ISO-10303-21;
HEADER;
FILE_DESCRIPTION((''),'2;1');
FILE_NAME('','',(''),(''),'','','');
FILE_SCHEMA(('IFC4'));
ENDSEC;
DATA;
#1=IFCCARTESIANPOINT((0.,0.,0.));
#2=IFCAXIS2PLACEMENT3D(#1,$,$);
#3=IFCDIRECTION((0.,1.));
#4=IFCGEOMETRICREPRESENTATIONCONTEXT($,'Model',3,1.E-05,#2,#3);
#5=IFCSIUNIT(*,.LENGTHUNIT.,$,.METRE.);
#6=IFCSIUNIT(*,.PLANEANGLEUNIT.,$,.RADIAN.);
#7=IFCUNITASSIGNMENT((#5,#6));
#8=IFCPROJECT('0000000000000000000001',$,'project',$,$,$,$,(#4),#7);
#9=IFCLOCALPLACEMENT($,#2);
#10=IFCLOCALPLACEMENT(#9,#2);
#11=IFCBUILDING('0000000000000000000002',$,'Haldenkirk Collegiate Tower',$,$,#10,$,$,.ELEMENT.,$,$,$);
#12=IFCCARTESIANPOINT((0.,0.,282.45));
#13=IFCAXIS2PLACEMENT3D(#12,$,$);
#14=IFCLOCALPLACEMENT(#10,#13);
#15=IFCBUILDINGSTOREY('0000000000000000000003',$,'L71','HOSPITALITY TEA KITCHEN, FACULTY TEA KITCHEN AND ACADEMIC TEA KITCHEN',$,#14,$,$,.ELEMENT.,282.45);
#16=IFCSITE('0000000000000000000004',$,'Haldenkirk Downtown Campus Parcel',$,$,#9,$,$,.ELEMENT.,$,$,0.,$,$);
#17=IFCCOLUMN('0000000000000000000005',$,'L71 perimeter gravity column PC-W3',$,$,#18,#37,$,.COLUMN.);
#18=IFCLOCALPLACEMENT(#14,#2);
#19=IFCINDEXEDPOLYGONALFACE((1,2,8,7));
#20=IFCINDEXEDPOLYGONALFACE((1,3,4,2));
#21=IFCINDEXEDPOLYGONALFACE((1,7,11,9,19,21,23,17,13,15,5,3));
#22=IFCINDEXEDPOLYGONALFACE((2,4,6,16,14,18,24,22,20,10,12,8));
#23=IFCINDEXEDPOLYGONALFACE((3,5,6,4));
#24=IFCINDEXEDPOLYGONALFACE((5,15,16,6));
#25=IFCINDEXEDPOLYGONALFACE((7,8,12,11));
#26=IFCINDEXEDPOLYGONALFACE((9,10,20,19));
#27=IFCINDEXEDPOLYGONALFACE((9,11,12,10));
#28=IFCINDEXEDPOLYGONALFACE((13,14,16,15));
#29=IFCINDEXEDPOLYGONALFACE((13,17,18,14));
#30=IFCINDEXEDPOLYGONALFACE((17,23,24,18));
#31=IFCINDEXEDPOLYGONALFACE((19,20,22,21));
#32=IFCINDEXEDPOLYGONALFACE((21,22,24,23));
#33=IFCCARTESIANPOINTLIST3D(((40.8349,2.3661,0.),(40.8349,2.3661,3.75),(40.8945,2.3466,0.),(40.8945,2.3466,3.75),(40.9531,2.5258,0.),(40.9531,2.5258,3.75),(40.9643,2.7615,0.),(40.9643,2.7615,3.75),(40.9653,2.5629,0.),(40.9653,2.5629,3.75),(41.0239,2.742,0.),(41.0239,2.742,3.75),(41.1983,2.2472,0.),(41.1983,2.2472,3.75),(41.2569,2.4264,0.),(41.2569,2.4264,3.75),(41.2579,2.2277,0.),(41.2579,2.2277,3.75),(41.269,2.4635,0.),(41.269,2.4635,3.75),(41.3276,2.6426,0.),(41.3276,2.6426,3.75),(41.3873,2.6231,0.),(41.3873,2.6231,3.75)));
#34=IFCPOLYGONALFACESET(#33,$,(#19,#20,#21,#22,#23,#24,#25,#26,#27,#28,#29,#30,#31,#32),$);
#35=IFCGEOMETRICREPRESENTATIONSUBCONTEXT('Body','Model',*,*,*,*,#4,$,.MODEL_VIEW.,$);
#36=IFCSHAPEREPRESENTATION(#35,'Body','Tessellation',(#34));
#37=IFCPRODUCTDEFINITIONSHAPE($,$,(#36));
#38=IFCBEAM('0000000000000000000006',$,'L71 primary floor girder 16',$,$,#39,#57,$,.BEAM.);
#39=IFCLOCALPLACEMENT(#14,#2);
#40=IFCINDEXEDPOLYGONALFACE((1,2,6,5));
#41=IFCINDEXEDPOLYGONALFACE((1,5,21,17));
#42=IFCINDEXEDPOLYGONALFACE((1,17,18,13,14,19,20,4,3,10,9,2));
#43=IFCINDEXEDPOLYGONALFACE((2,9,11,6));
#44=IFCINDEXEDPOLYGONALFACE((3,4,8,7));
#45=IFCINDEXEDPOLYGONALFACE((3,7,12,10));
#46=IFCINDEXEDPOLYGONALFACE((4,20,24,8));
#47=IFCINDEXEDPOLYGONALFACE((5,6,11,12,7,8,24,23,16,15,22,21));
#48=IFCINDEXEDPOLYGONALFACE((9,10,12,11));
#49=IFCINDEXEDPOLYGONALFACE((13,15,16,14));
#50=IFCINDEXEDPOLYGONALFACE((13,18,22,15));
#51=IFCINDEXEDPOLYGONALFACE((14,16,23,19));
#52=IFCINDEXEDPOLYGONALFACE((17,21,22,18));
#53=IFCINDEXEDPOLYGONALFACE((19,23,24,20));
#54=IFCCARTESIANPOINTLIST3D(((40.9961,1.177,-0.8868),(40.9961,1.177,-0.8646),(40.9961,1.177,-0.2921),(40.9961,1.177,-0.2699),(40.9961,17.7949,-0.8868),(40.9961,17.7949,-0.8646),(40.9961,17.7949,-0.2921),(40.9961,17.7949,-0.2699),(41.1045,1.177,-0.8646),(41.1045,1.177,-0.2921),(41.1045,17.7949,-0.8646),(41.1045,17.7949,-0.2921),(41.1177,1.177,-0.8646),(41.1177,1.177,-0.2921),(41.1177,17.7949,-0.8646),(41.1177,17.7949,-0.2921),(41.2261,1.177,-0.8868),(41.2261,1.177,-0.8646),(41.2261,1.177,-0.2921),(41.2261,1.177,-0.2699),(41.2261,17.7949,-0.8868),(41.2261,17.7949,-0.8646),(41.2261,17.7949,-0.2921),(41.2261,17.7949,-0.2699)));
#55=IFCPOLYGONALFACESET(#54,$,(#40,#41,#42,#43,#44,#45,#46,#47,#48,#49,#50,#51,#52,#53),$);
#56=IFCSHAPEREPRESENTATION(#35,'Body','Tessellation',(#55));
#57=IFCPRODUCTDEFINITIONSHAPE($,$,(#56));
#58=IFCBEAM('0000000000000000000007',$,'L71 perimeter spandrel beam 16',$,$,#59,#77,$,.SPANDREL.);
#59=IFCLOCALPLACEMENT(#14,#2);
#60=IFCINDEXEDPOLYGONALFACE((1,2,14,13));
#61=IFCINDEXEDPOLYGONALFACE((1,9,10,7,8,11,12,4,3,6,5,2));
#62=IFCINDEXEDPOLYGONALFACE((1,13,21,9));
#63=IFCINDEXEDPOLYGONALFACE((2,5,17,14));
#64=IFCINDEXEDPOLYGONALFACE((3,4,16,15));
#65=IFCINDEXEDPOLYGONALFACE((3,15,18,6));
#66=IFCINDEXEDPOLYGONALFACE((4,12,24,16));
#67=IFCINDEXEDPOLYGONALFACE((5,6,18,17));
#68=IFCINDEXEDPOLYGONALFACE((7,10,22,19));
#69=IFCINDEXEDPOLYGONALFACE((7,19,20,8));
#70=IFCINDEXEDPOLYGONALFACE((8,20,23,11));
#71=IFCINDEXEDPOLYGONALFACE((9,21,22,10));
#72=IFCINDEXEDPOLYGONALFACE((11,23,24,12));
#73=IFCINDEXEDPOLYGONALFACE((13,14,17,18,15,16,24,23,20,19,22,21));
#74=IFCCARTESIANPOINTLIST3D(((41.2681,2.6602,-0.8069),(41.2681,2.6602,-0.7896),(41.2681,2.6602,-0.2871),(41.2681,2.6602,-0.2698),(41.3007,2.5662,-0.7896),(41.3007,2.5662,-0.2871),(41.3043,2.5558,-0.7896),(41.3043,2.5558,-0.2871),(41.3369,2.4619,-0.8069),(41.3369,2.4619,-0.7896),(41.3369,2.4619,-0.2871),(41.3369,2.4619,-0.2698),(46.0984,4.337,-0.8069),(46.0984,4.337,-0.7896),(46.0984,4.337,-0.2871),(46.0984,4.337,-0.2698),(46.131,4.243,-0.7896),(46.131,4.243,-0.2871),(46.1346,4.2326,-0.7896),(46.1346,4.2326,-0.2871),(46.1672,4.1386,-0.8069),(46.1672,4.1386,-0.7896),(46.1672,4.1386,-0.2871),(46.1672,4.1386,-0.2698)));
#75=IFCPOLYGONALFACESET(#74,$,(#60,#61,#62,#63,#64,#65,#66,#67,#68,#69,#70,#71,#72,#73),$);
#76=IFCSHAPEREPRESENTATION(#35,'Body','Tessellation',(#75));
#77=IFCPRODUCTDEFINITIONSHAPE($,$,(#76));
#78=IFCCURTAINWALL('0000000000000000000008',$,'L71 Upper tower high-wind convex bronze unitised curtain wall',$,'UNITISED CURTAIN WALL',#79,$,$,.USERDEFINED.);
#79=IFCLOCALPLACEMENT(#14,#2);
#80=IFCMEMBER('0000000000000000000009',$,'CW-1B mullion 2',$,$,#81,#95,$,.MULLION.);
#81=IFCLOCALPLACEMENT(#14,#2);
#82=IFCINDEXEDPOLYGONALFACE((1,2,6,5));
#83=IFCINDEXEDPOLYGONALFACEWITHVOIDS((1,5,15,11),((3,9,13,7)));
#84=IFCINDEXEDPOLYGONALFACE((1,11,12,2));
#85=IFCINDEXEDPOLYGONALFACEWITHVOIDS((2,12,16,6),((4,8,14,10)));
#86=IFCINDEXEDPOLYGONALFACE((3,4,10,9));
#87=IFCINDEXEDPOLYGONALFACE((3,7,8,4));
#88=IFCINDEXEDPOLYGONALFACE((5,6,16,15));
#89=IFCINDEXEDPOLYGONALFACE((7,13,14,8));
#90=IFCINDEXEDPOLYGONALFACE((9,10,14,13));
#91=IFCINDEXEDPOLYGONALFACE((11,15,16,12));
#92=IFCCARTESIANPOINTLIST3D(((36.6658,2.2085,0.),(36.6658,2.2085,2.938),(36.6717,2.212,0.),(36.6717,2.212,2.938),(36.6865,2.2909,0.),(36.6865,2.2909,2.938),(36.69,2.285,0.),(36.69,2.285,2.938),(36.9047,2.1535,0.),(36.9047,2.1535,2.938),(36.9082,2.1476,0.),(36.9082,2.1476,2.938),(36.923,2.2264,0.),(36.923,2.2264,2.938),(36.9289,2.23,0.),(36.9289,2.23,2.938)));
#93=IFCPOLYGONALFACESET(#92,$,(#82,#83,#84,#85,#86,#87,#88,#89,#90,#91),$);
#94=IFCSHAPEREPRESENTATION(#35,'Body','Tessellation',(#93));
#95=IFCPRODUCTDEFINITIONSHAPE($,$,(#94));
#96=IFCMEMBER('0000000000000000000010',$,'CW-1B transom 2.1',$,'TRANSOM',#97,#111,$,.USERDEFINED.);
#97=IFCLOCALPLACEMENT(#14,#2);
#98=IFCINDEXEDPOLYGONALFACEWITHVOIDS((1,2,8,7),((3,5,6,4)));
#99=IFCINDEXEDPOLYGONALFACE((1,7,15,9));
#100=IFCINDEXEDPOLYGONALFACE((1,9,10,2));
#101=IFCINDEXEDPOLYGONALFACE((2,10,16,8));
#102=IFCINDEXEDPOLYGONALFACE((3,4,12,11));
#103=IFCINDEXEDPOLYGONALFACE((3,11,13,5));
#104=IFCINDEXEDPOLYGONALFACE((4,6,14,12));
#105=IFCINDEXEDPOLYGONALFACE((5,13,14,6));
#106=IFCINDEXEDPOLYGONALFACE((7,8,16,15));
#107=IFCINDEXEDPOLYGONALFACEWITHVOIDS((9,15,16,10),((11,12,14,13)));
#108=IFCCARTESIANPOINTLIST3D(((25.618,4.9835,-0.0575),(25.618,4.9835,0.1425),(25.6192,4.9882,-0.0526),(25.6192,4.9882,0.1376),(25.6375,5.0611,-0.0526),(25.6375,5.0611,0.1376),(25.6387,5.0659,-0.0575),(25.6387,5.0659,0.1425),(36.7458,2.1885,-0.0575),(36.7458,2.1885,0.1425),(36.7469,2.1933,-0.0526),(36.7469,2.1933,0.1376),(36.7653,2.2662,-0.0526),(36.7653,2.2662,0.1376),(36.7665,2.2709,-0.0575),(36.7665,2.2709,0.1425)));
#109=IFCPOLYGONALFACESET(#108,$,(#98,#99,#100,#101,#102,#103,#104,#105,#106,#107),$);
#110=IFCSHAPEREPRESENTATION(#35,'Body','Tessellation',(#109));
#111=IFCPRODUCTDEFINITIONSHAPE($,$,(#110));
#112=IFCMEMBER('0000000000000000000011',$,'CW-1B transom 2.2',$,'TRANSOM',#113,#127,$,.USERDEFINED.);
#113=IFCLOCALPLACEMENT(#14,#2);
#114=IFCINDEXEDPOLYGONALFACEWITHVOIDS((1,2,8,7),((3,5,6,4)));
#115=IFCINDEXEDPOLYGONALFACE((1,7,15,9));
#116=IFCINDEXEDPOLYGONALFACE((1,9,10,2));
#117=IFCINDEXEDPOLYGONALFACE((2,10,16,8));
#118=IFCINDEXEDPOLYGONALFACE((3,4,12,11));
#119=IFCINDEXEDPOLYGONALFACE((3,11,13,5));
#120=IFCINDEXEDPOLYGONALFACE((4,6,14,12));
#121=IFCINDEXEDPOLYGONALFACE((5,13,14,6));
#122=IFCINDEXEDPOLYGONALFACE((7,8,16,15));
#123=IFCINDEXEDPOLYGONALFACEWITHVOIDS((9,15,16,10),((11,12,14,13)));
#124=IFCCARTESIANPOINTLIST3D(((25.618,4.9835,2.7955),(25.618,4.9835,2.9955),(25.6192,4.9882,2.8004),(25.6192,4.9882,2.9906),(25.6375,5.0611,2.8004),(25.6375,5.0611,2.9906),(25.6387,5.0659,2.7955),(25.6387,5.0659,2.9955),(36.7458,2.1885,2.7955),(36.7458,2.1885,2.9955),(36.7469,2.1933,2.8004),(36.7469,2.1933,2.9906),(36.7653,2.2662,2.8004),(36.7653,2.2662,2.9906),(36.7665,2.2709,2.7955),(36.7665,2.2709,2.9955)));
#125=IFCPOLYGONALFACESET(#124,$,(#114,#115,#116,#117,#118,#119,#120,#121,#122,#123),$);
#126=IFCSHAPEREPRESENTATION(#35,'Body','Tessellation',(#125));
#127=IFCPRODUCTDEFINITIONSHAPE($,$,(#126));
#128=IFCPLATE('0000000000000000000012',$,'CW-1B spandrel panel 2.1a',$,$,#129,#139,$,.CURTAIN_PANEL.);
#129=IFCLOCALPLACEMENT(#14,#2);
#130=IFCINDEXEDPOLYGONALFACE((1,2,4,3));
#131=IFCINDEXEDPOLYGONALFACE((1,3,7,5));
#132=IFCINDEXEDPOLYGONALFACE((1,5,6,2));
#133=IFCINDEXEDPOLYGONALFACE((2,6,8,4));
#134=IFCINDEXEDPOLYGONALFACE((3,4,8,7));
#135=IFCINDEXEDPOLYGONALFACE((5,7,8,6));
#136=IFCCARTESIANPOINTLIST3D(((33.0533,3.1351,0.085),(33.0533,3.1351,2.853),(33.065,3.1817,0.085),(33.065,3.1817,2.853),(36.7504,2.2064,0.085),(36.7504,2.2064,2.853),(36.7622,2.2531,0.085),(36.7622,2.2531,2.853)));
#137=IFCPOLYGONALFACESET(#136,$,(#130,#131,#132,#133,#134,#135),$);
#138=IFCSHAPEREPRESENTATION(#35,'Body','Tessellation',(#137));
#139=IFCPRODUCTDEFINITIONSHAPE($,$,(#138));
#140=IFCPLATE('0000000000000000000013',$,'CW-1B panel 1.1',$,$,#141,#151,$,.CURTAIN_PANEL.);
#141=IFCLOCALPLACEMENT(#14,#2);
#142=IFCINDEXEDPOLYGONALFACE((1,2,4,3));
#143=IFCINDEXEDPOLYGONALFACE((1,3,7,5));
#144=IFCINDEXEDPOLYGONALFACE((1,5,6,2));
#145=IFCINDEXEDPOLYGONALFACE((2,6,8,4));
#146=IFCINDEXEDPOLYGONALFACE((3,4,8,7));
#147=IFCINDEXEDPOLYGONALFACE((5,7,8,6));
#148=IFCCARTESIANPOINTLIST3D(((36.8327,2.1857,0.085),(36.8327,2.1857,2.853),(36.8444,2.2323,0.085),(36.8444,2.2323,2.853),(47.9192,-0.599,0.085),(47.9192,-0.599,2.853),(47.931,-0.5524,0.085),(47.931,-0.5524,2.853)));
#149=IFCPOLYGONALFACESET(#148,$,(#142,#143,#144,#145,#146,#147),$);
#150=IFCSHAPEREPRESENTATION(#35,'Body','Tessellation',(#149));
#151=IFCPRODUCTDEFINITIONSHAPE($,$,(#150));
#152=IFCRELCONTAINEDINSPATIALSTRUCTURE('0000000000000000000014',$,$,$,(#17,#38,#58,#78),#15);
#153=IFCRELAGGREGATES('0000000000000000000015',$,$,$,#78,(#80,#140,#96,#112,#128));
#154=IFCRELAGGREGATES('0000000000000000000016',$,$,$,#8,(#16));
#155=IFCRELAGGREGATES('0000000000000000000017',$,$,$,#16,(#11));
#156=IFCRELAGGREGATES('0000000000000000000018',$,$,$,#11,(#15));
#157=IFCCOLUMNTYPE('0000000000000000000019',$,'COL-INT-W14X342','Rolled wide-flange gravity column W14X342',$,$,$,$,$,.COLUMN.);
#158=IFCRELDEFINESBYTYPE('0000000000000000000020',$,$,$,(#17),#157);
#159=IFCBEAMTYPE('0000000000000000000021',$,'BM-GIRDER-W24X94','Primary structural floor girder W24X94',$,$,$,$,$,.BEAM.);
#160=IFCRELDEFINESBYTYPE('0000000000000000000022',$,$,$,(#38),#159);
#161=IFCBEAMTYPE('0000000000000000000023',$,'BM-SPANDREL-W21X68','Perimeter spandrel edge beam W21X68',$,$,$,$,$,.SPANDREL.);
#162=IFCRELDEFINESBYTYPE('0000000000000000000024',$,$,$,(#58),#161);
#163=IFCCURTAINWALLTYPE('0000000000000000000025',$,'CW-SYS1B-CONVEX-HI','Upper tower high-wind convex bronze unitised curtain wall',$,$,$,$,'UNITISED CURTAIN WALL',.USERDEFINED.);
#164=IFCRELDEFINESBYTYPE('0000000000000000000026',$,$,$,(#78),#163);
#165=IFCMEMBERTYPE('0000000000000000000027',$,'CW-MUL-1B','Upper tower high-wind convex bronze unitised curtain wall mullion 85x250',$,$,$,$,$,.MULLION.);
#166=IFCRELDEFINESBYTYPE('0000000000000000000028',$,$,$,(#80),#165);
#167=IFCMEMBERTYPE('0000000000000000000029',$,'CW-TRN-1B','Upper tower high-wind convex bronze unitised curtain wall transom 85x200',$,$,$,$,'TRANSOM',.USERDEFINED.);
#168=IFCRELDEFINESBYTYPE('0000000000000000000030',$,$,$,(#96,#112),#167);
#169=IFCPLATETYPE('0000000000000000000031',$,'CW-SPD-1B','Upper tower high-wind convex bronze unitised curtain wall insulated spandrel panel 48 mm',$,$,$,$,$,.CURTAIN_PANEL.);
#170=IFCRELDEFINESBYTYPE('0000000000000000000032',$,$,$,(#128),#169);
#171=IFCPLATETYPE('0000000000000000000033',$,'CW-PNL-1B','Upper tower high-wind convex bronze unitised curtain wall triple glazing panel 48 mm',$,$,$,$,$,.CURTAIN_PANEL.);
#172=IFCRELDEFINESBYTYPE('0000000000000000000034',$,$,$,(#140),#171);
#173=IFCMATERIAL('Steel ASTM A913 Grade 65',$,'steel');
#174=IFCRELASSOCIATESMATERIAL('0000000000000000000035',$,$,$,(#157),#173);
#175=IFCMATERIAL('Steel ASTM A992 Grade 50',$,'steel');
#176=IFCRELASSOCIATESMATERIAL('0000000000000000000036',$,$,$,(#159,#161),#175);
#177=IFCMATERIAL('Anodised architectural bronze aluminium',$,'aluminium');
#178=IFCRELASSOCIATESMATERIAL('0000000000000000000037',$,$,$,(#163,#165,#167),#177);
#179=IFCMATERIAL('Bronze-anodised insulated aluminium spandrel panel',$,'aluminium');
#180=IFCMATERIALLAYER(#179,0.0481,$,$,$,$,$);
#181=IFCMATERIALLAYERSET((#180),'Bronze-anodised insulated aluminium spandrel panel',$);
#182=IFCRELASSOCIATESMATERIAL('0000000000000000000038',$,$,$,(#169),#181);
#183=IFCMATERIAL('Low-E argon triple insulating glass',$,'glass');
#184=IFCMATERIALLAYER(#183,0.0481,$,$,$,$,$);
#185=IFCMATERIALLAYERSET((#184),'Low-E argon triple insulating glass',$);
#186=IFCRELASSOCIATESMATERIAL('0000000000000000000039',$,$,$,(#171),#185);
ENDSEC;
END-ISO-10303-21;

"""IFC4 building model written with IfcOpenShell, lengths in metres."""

from ifc_helpers import new_model, si_unit, direction, frame, origin, origin_2d, place, context, subcontext, project, spatial, rectangle, hollow_rectangle, i_section, extrude, source, transform, mapped, material, layer, layer_set, material_profile, profile_set, type_object, element, aggregate, save


model = new_model("IFC4")

# Units and contexts
model_context = context("Model", 3, precision=1e-05, world=origin(), true_north=direction((0.0, 1.0)))
body_context = subcontext(model_context, "Body", "Model", "MODEL_VIEW")
ifc_project = project(units=[si_unit("LENGTHUNIT", "METRE"), si_unit("PLANEANGLEUNIT", "RADIAN")], contexts=[model_context])

# Site, building, storey
site_placement = place(None, origin())
site = spatial("IfcSite", under=ifc_project, at=site_placement, Name="Haldenkirk Downtown Campus Parcel", CompositionType="ELEMENT", RefElevation=0.0)
building_placement = place(site_placement, origin())
building = spatial("IfcBuilding", under=site, at=building_placement, Name="Haldenkirk Collegiate Tower", CompositionType="ELEMENT")
storey_placement = place(building_placement, frame((0.0, 0.0, 282.45)))
storey = spatial("IfcBuildingStorey", under=building, at=storey_placement, Name="L71", Description="HOSPITALITY TEA KITCHEN, FACULTY TEA KITCHEN AND ACADEMIC TEA KITCHEN", CompositionType="ELEMENT", Elevation=282.45)

# Column
ifc_material_1 = material(Name="Steel ASTM A913 Grade 65", Category="steel")
ifc_material_profile_1 = material_profile(ifc_material_1, i_section(OverallWidth=0.416, OverallDepth=0.4451, WebThickness=0.0391, FlangeThickness=0.0627, at=origin_2d()), Name="W14X342")
ifc_profile_set_1 = profile_set([ifc_material_profile_1], Name="Steel ASTM A913 Grade 65")
column_type = type_object("IfcColumnType", Name="COL-INT-W14X342", Description="Rolled wide-flange gravity column W14X342", PredefinedType="COLUMN", material=ifc_profile_set_1)
column_placement = place(storey_placement, frame((41.1111, 2.4946, 0.0), z_axis=(0.0, 0.0, 1.0), x_axis=(0.311008, 0.950407, 0.0)))
element("IfcColumn", 1, at=column_placement, inside=storey, type_object=column_type, Name="L71 perimeter gravity column PC-W3", PredefinedType="COLUMN", context=body_context, shape_type="SweptSolid", body=[
    extrude(i_section(OverallWidth=0.416, OverallDepth=0.4451, WebThickness=0.0391, FlangeThickness=0.0627, at=origin_2d()), origin(), (0.0, 0.0, 1.0), 3.75),
])

# Beams
ifc_material_2 = material(Name="Steel ASTM A992 Grade 50", Category="steel")
ifc_material_profile_2 = material_profile(ifc_material_2, i_section(OverallWidth=0.23, OverallDepth=0.6169, WebThickness=0.0132, FlangeThickness=0.0222, at=origin_2d()), Name="W24X94")
ifc_profile_set_2 = profile_set([ifc_material_profile_2], Name="Steel ASTM A992 Grade 50")
beam_type_1 = type_object("IfcBeamType", Name="BM-GIRDER-W24X94", Description="Primary structural floor girder W24X94", PredefinedType="BEAM", material=ifc_profile_set_2)
beam_1_placement = place(storey_placement, frame((41.1111, 1.177, -0.5784), z_axis=(0.0, 1.0, 0.0), x_axis=(-1.0, 0.0, 0.0)))
element("IfcBeam", 2, at=beam_1_placement, inside=storey, type_object=beam_type_1, Name="L71 primary floor girder 16", PredefinedType="BEAM", context=body_context, shape_type="SweptSolid", body=[
    extrude(i_section(OverallWidth=0.23, OverallDepth=0.6169, WebThickness=0.0132, FlangeThickness=0.0222, at=origin_2d()), origin(), (0.0, 0.0, 1.0), 16.6179),
])
ifc_material_profile_3 = material_profile(ifc_material_2, i_section(OverallWidth=0.21, OverallDepth=0.5371, WebThickness=0.011, FlangeThickness=0.0173, at=origin_2d()), Name="W21X68")
ifc_profile_set_3 = profile_set([ifc_material_profile_3], Name="Steel ASTM A992 Grade 50")
beam_type_2 = type_object("IfcBeamType", Name="BM-SPANDREL-W21X68", Description="Perimeter spandrel edge beam W21X68", PredefinedType="SPANDREL", material=ifc_profile_set_3)
beam_2_placement = place(storey_placement, frame((41.3025, 2.561, -0.5383), z_axis=(0.9447, 0.327935, 0.0), x_axis=(-0.327935, 0.9447, 0.0)))
element("IfcBeam", 3, at=beam_2_placement, inside=storey, type_object=beam_type_2, Name="L71 perimeter spandrel beam 16", PredefinedType="SPANDREL", context=body_context, shape_type="SweptSolid", body=[
    extrude(i_section(OverallWidth=0.21, OverallDepth=0.5371, WebThickness=0.011, FlangeThickness=0.0173, at=origin_2d()), origin(), (0.0, 0.0, 1.0), 5.113),
])

# Curtain wall, members, plates
ifc_material_3 = material(Name="Anodised architectural bronze aluminium", Category="aluminium")
curtain_wall_type = type_object("IfcCurtainWallType", Name="CW-SYS1B-CONVEX-HI", Description="Upper tower high-wind convex bronze unitised curtain wall", ElementType="UNITISED CURTAIN WALL", PredefinedType="USERDEFINED", material=ifc_material_3)
curtain_wall_placement = place(storey_placement, origin())
curtain_wall = element("IfcCurtainWall", 4, at=curtain_wall_placement, inside=storey, type_object=curtain_wall_type, Name="L71 Upper tower high-wind convex bronze unitised curtain wall", ObjectType="UNITISED CURTAIN WALL", PredefinedType="USERDEFINED")
ifc_material_profile_4 = material_profile(ifc_material_3, hollow_rectangle(XDim=0.085, YDim=0.25, WallThickness=0.0049, at=origin_2d()), Name="CW-MUL-1B")
ifc_profile_set_4 = profile_set([ifc_material_profile_4], Name="Anodised architectural bronze aluminium")
member_type_1 = type_object("IfcMemberType", Name="CW-MUL-1B", Description="Upper tower high-wind convex bronze unitised curtain wall mullion 85x250", PredefinedType="MULLION", material=ifc_profile_set_4)
member_1_placement = place(storey_placement, frame((36.7974, 2.2192, 0.0), z_axis=(0.0, 0.0, 1.0), x_axis=(-0.243611, -0.969873, 0.0)))
member_1 = element("IfcMember", 5, at=member_1_placement, type_object=member_type_1, Name="CW-1B mullion 2", PredefinedType="MULLION", context=body_context, shape_type="SweptSolid", body=[
    extrude(hollow_rectangle(XDim=0.085, YDim=0.25, WallThickness=0.0049, at=origin_2d()), origin(), (0.0, 0.0, 1.0), 2.938),
])
ifc_material_profile_5 = material_profile(ifc_material_3, hollow_rectangle(XDim=0.085, YDim=0.2, WallThickness=0.0049, at=origin_2d()), Name="CW-TRN-1B")
ifc_profile_set_5 = profile_set([ifc_material_profile_5], Name="Anodised architectural bronze aluminium")
member_type_2 = type_object("IfcMemberType", Name="CW-TRN-1B", Description="Upper tower high-wind convex bronze unitised curtain wall transom 85x200", ElementType="TRANSOM", PredefinedType="USERDEFINED", material=ifc_profile_set_5)
member_2_placement = place(storey_placement, frame((36.7561, 2.2297, 0.0425), z_axis=(-0.969875, 0.243602, 0.0), x_axis=(-0.243602, -0.969875, 0.0)))
member_2 = element("IfcMember", 6, at=member_2_placement, type_object=member_type_2, Name="CW-1B transom 2.1", ObjectType="TRANSOM", PredefinedType="USERDEFINED", context=body_context, shape_type="SweptSolid", body=[
    extrude(hollow_rectangle(XDim=0.085, YDim=0.2, WallThickness=0.0049, at=origin_2d()), origin(), (0.0, 0.0, 1.0), 11.4734),
])
member_3_placement = place(storey_placement, frame((36.7561, 2.2297, 2.8955), z_axis=(-0.969875, 0.243602, 0.0), x_axis=(-0.243602, -0.969875, 0.0)))
member_3 = element("IfcMember", 7, at=member_3_placement, type_object=member_type_2, Name="CW-1B transom 2.2", ObjectType="TRANSOM", PredefinedType="USERDEFINED", context=body_context, shape_type="SweptSolid", body=[
    extrude(hollow_rectangle(XDim=0.085, YDim=0.2, WallThickness=0.0049, at=origin_2d()), origin(), (0.0, 0.0, 1.0), 11.4734),
])
ifc_material_4 = material(Name="Bronze-anodised insulated aluminium spandrel panel", Category="aluminium")
ifc_layer_1 = layer(ifc_material_4, 0.0481)
ifc_layer_set_1 = layer_set([ifc_layer_1], Name="Bronze-anodised insulated aluminium spandrel panel")
plate_type_1 = type_object("IfcPlateType", Name="CW-SPD-1B", Description="Upper tower high-wind convex bronze unitised curtain wall insulated spandrel panel 48 mm", PredefinedType="CURTAIN_PANEL", material=ifc_layer_set_1)
shared_shape_1 = source(origin(), body_context, "Body", "SweptSolid", [
    extrude(rectangle(XDim=3.812, YDim=0.0481, at=origin_2d()), origin(), (0.0, 0.0, 1.0), 2.7681),
])
plate_1_placement = place(storey_placement, frame((34.9077, 2.6941, 0.085), z_axis=(0.0, 0.0, 1.0), x_axis=(-0.969873, 0.243611, 0.0)))
plate_1 = element("IfcPlate", 8, at=plate_1_placement, type_object=plate_type_1, Name="CW-1B spandrel panel 2.1a", PredefinedType="CURTAIN_PANEL", context=body_context, shape_type="MappedRepresentation", body=[
    mapped(shared_shape_1, transform((0.0, 0.0, 0.0), x_axis=(1.0, 0.0, 0.0), y_axis=(0.0, 1.0, 0.0), z_axis=(0.0, 0.0, 1.0), scale=1.0)),
])
ifc_material_5 = material(Name="Low-E argon triple insulating glass", Category="glass")
ifc_layer_2 = layer(ifc_material_5, 0.0481)
ifc_layer_set_2 = layer_set([ifc_layer_2], Name="Low-E argon triple insulating glass")
plate_type_2 = type_object("IfcPlateType", Name="CW-PNL-1B", Description="Upper tower high-wind convex bronze unitised curtain wall triple glazing panel 48 mm", PredefinedType="CURTAIN_PANEL", material=ifc_layer_set_2)
shared_shape_2 = source(origin(), body_context, "Body", "SweptSolid", [
    extrude(rectangle(XDim=11.4309, YDim=0.0481, at=origin_2d()), origin(), (0.0, 0.0, 1.0), 2.7681),
])
plate_2_placement = place(storey_placement, frame((42.3818, 0.8167, 0.085), z_axis=(0.0, 0.0, 1.0), x_axis=(-0.969873, 0.243611, 0.0)))
plate_2 = element("IfcPlate", 9, at=plate_2_placement, type_object=plate_type_2, Name="CW-1B panel 1.1", PredefinedType="CURTAIN_PANEL", context=body_context, shape_type="MappedRepresentation", body=[
    mapped(shared_shape_2, transform((0.0, 0.0, 0.0), x_axis=(1.0, 0.0, 0.0), y_axis=(0.0, 1.0, 0.0), z_axis=(0.0, 0.0, 1.0), scale=1.0)),
])
aggregate(curtain_wall, [member_1, plate_2, member_2, member_3, plate_1])

save(model, "model.ifc")
